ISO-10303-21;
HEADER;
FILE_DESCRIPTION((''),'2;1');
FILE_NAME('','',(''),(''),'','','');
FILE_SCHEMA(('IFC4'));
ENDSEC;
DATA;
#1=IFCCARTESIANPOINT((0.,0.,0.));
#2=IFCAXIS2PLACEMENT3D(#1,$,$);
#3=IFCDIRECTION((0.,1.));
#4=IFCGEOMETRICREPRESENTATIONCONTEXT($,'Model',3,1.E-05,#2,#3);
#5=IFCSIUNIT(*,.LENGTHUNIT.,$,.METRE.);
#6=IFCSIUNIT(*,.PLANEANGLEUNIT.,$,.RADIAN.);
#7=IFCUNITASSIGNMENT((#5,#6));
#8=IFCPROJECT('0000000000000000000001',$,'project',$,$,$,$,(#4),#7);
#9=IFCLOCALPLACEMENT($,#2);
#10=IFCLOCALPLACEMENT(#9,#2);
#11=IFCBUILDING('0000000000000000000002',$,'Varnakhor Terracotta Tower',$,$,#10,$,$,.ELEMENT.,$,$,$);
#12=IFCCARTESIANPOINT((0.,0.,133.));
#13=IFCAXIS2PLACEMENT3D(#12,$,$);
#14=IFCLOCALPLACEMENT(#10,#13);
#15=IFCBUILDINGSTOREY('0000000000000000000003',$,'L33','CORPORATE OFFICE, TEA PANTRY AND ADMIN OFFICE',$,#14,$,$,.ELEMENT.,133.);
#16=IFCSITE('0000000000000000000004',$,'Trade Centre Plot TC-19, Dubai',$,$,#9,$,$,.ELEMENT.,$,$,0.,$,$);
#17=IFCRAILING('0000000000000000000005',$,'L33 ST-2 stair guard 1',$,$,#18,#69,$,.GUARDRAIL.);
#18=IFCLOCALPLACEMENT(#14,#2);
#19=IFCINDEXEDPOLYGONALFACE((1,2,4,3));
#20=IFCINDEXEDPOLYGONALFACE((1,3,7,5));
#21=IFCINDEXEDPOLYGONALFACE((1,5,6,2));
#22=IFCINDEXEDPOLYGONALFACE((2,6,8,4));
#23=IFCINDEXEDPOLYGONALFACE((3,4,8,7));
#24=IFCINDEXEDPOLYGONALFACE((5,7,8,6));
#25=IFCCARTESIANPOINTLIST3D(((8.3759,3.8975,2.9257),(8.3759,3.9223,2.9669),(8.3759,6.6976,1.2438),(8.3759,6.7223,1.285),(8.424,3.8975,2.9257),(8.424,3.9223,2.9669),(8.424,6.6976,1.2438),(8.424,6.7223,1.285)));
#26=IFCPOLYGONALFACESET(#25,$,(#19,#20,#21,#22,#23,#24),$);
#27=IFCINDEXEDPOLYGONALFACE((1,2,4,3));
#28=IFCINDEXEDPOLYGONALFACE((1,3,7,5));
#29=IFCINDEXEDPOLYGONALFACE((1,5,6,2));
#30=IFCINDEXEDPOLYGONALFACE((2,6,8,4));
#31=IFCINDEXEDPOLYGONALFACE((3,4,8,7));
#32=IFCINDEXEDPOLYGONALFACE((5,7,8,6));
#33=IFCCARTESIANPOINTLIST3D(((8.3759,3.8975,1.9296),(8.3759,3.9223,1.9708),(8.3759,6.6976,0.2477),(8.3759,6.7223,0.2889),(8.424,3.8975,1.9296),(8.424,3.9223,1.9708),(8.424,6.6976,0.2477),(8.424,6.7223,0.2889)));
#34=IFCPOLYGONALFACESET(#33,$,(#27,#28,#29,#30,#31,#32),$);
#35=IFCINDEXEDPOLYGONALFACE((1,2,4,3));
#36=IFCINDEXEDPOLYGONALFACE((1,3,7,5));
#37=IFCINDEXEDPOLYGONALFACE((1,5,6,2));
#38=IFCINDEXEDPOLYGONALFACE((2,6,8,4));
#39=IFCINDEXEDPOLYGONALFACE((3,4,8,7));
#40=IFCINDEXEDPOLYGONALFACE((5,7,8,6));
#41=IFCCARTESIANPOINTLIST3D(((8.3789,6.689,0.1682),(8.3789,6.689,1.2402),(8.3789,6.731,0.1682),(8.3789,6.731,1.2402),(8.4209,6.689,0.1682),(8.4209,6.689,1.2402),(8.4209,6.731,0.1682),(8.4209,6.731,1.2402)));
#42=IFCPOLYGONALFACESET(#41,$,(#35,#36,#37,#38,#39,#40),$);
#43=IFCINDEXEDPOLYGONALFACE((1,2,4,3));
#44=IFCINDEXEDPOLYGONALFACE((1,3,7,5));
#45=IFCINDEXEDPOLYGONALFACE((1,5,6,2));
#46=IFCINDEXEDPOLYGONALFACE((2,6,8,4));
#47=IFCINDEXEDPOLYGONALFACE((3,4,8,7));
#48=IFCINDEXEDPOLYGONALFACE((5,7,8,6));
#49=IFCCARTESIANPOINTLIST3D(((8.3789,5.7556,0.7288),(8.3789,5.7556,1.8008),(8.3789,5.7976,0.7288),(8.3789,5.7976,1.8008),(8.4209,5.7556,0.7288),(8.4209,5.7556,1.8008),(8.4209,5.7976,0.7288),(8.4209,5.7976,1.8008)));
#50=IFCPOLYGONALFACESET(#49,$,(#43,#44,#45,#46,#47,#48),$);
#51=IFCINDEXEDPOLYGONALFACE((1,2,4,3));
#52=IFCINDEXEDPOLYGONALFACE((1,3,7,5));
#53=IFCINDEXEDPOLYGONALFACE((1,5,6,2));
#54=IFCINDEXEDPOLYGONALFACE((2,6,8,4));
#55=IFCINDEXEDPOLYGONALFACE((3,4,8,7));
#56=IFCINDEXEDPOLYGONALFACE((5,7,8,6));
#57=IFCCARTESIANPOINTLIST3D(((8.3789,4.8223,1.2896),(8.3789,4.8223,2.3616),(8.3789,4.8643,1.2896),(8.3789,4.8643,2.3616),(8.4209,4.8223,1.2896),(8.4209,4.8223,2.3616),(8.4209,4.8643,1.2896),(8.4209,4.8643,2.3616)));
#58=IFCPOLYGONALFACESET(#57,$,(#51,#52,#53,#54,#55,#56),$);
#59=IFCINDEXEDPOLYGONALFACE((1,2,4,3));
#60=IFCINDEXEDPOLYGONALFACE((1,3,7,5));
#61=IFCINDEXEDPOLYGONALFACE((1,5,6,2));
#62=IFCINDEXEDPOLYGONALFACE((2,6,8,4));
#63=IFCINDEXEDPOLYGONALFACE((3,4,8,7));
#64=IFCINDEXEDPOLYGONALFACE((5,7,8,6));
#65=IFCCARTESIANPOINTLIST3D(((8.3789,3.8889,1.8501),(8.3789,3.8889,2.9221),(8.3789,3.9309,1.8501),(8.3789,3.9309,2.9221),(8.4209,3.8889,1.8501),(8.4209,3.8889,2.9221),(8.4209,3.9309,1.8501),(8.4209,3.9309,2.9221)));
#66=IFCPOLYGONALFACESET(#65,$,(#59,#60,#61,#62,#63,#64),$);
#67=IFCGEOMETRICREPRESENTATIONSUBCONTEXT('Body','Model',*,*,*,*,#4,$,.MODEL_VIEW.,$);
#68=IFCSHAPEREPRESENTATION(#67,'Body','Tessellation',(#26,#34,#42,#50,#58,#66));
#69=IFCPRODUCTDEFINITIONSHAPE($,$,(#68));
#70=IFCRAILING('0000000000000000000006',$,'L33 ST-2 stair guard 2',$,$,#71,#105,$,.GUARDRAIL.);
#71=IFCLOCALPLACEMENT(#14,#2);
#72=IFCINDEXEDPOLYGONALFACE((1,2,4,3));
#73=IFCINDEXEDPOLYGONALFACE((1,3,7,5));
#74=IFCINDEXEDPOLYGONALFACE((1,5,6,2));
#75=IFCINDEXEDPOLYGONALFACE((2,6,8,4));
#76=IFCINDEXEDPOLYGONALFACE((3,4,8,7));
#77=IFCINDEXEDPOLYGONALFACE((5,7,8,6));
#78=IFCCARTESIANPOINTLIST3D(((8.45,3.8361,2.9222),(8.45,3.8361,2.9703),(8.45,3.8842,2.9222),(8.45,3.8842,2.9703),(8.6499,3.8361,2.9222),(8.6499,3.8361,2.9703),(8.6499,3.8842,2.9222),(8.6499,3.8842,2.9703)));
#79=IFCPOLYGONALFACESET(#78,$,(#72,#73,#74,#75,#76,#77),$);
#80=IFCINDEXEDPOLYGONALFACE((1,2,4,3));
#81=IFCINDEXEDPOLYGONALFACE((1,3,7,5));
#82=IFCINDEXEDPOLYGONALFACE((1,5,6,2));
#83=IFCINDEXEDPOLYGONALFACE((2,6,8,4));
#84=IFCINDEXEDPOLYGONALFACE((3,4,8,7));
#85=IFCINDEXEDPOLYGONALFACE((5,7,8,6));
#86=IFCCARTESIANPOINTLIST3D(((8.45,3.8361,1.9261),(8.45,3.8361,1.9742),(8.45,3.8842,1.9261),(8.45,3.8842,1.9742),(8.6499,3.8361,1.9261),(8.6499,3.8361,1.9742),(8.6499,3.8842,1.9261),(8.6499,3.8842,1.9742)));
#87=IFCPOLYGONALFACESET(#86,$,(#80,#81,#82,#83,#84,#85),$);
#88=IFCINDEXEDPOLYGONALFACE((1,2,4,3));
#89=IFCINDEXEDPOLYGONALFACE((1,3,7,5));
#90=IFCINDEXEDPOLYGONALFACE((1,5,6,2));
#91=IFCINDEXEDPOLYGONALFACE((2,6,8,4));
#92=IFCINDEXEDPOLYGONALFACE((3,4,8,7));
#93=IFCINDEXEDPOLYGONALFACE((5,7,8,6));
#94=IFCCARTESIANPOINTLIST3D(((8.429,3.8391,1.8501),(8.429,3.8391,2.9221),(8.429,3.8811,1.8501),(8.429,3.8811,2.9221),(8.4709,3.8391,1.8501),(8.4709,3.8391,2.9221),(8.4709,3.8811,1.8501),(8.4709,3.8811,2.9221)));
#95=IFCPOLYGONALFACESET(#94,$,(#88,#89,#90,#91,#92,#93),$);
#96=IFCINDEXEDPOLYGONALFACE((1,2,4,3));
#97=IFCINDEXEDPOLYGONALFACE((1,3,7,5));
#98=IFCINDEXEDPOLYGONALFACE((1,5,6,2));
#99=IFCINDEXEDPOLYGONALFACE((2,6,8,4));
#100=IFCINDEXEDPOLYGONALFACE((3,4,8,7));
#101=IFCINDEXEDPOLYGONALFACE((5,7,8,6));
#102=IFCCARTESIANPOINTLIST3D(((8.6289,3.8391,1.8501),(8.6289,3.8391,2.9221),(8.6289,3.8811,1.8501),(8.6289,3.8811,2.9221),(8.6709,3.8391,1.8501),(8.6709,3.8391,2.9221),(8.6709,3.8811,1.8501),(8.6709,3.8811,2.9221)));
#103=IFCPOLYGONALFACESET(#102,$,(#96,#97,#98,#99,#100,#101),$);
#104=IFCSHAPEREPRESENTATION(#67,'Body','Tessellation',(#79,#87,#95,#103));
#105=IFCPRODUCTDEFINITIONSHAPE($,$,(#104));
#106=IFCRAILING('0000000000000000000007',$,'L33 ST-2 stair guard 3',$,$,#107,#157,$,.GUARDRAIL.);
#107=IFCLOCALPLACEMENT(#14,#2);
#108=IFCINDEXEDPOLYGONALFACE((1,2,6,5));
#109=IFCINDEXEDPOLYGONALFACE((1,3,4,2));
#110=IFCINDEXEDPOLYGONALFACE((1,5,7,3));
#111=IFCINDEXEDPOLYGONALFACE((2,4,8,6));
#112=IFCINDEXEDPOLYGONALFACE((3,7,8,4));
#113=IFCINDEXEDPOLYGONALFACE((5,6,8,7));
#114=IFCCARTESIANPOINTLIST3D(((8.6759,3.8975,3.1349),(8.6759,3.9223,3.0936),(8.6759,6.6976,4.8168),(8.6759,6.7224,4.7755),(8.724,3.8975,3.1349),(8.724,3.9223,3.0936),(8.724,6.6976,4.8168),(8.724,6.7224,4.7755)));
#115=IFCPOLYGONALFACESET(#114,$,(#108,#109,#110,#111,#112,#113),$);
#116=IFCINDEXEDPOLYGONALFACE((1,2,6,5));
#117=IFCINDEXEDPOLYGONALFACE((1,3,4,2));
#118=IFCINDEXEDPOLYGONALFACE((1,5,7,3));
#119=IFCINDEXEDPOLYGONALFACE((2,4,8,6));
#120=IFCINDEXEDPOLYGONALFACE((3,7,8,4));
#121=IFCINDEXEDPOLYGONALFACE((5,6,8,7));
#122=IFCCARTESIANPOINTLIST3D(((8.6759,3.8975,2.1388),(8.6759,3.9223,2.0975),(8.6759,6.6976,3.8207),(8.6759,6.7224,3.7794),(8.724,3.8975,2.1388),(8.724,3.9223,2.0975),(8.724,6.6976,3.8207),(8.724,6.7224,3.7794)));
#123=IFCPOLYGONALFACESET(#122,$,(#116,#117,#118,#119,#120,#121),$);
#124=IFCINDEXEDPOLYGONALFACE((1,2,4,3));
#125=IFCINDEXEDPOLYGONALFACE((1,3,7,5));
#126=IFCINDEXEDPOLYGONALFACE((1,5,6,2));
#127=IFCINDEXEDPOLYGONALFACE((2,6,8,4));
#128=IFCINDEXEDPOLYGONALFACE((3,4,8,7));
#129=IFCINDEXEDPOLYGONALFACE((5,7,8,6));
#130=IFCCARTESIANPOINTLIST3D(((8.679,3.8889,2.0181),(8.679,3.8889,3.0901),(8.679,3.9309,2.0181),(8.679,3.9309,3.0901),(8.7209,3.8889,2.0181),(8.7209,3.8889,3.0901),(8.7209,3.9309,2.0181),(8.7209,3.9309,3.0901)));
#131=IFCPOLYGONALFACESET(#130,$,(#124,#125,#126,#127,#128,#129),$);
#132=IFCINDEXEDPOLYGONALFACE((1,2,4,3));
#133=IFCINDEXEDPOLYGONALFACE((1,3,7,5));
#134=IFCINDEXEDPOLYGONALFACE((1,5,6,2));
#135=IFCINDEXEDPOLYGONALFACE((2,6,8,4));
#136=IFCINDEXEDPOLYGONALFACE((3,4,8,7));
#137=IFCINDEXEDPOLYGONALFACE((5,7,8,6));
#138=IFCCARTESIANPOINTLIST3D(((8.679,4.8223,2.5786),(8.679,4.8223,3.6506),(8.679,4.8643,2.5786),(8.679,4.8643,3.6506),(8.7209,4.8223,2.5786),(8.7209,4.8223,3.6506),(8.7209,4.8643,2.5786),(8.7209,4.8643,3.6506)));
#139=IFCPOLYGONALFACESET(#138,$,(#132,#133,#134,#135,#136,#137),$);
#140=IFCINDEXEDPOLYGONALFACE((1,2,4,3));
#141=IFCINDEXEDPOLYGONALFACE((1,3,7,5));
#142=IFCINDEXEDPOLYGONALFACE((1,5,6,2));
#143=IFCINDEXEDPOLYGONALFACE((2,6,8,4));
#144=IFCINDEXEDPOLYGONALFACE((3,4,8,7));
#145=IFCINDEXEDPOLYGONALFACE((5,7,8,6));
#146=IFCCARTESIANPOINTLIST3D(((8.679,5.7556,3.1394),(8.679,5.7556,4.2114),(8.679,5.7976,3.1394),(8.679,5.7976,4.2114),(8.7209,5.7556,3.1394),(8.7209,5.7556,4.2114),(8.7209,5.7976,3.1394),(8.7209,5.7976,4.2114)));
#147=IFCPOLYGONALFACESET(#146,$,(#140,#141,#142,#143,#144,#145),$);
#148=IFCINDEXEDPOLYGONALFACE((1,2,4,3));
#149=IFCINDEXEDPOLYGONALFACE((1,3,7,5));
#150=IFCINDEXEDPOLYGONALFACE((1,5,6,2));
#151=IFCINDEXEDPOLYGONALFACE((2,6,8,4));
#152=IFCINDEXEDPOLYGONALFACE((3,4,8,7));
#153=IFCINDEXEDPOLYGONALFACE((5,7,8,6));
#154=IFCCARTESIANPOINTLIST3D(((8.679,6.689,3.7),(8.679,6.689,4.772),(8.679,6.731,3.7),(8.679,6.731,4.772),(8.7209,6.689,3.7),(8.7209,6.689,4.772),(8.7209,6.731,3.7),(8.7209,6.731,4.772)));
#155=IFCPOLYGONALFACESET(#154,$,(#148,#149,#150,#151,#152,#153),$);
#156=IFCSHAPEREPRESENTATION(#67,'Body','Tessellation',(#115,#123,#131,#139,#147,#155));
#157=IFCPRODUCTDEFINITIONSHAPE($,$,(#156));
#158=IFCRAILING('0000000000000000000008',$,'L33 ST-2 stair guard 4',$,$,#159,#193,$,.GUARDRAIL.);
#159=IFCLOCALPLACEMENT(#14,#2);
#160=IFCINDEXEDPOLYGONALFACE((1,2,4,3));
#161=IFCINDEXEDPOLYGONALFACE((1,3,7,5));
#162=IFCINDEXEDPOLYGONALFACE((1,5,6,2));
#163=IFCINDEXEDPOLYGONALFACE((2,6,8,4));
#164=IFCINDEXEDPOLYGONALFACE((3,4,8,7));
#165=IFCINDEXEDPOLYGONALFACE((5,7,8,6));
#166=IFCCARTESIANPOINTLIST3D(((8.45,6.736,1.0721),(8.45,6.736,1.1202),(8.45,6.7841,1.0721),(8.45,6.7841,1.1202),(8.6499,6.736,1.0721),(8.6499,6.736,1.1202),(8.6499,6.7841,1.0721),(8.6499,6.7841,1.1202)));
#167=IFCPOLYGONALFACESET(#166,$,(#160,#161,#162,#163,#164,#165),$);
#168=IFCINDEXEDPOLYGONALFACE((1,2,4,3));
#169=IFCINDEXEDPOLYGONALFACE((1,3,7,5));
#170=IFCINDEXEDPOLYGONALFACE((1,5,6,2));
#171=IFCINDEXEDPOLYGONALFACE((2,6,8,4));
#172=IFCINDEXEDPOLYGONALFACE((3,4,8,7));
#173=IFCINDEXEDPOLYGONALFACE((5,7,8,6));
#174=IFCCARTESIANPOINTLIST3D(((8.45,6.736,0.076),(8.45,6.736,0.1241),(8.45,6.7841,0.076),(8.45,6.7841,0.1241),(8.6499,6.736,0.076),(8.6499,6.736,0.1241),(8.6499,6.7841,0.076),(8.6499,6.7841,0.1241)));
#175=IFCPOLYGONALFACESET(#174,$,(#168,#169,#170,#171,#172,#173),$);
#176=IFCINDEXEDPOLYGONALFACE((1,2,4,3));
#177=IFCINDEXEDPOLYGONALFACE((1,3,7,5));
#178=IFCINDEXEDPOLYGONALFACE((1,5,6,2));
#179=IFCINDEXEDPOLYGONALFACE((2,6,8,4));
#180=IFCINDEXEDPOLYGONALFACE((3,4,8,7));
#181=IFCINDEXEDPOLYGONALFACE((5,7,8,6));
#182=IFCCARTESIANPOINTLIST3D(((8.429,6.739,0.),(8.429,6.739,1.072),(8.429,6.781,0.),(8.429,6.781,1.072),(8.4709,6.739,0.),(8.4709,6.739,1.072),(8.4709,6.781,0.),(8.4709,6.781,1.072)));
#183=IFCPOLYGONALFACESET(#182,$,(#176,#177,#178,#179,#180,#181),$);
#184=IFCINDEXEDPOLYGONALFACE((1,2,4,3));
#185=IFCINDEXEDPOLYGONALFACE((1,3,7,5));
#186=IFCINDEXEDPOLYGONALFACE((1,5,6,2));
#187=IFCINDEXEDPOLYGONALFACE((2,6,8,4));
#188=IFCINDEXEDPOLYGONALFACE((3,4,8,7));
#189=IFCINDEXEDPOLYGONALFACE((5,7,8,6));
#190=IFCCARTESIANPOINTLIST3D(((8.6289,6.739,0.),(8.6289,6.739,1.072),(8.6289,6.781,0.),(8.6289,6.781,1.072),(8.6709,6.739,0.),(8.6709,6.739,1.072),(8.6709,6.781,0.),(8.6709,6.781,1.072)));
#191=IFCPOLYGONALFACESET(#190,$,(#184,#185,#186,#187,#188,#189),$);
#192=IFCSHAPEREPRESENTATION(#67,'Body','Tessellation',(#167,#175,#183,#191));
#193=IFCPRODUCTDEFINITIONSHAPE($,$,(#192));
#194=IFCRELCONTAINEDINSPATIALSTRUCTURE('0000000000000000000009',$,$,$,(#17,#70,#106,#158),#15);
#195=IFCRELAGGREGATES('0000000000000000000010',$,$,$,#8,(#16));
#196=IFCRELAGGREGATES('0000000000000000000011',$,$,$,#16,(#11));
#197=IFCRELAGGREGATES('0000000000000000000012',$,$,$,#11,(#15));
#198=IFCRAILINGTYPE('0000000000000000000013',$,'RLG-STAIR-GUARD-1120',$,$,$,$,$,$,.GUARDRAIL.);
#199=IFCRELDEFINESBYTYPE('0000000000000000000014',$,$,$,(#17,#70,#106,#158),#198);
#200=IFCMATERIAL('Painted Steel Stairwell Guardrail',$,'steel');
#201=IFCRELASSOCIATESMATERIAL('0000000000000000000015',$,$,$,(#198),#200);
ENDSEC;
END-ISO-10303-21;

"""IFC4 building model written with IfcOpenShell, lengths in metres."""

from ifc_helpers import new_model, si_unit, direction, frame, origin, origin_2d, place, context, subcontext, project, spatial, rectangle, extrude, material, type_object, element, save


model = new_model("IFC4")

# Units and contexts
model_context = context("Model", 3, precision=1e-05, world=origin(), true_north=direction((0.0, 1.0)))
body_context = subcontext(model_context, "Body", "Model", "MODEL_VIEW")
ifc_project = project(units=[si_unit("LENGTHUNIT", "METRE"), si_unit("PLANEANGLEUNIT", "RADIAN")], contexts=[model_context])

# Site, building, storey
site_placement = place(None, origin())
site = spatial("IfcSite", under=ifc_project, at=site_placement, Name="Trade Centre Plot TC-19, Dubai", CompositionType="ELEMENT", RefElevation=0.0)
building_placement = place(site_placement, origin())
building = spatial("IfcBuilding", under=site, at=building_placement, Name="Varnakhor Terracotta Tower", CompositionType="ELEMENT")
storey_placement = place(building_placement, frame((0.0, 0.0, 133.0)))
storey = spatial("IfcBuildingStorey", under=building, at=storey_placement, Name="L33", Description="CORPORATE OFFICE, TEA PANTRY AND ADMIN OFFICE", CompositionType="ELEMENT", Elevation=133.0)

# Railings
ifc_material_1 = material(Name="Painted Steel Stairwell Guardrail", Category="steel")
railing_type_1 = type_object("IfcRailingType", Name="RLG-STAIR-GUARD-1120", PredefinedType="GUARDRAIL", material=ifc_material_1)
railing_1_placement = place(storey_placement, frame((8.3999, 6.71, 0.1682)))
element("IfcRailing", 1, at=railing_1_placement, inside=storey, type_object=railing_type_1, Name="L33 ST-2 stair guard 1", PredefinedType="GUARDRAIL", context=body_context, shape_type="SweptSolid", body=[
    extrude(rectangle(XDim=0.0481, YDim=0.0481, at=origin_2d()), frame((0.0, 0.0, 1.0962), z_axis=(0.0, -0.857242, 0.514913), x_axis=(1.0, 0.0, 0.0)), (0.0, 0.0, 1.0), 3.2664),
    extrude(rectangle(XDim=0.0481, YDim=0.0481, at=origin_2d()), frame((0.0, 0.0, 0.1001), z_axis=(0.0, -0.857242, 0.514913), x_axis=(1.0, 0.0, 0.0)), (0.0, 0.0, 1.0), 3.2664),
    extrude(rectangle(XDim=0.042, YDim=0.042, at=origin_2d()), origin(), (0.0, 0.0, 1.0), 1.072),
    extrude(rectangle(XDim=0.042, YDim=0.042, at=origin_2d()), frame((0.0, -0.9333, 0.5605)), (0.0, 0.0, 1.0), 1.072),
    extrude(rectangle(XDim=0.042, YDim=0.042, at=origin_2d()), frame((0.0, -1.8667, 1.1213)), (0.0, 0.0, 1.0), 1.072),
    extrude(rectangle(XDim=0.042, YDim=0.042, at=origin_2d()), frame((0.0, -2.8, 1.6819)), (0.0, 0.0, 1.0), 1.072),
])
railing_2_placement = place(storey_placement, frame((8.45, 3.8601, 1.8501)))
element("IfcRailing", 2, at=railing_2_placement, inside=storey, type_object=railing_type_1, Name="L33 ST-2 stair guard 2", PredefinedType="GUARDRAIL", context=body_context, shape_type="SweptSolid", body=[
    extrude(rectangle(XDim=0.0481, YDim=0.0481, at=origin_2d()), frame((0.0, 0.0, 1.0962), z_axis=(1.0, 0.0, 0.0), x_axis=(0.0, 1.0, 0.0)), (0.0, 0.0, 1.0), 0.2),
    extrude(rectangle(XDim=0.0481, YDim=0.0481, at=origin_2d()), frame((0.0, 0.0, 0.1001), z_axis=(1.0, 0.0, 0.0), x_axis=(0.0, 1.0, 0.0)), (0.0, 0.0, 1.0), 0.2),
    extrude(rectangle(XDim=0.042, YDim=0.042, at=origin_2d()), origin(), (0.0, 0.0, 1.0), 1.072),
    extrude(rectangle(XDim=0.042, YDim=0.042, at=origin_2d()), frame((0.2, 0.0, 0.0)), (0.0, 0.0, 1.0), 1.072),
])
railing_3_placement = place(storey_placement, frame((8.7, 3.9099, 2.0181)))
element("IfcRailing", 3, at=railing_3_placement, inside=storey, type_object=railing_type_1, Name="L33 ST-2 stair guard 3", PredefinedType="GUARDRAIL", context=body_context, shape_type="SweptSolid", body=[
    extrude(rectangle(XDim=0.0481, YDim=0.0481, at=origin_2d()), frame((0.0, 0.0, 1.0962), z_axis=(0.0, 0.857242, 0.514913), x_axis=(-1.0, 0.0, 0.0)), (0.0, 0.0, 1.0), 3.2664),
    extrude(rectangle(XDim=0.0481, YDim=0.0481, at=origin_2d()), frame((0.0, 0.0, 0.1001), z_axis=(0.0, 0.857242, 0.514913), x_axis=(-1.0, 0.0, 0.0)), (0.0, 0.0, 1.0), 3.2664),
    extrude(rectangle(XDim=0.042, YDim=0.042, at=origin_2d()), origin(), (0.0, 0.0, 1.0), 1.072),
    extrude(rectangle(XDim=0.042, YDim=0.042, at=origin_2d()), frame((0.0, 0.9333, 0.5605)), (0.0, 0.0, 1.0), 1.072),
    extrude(rectangle(XDim=0.042, YDim=0.042, at=origin_2d()), frame((0.0, 1.8667, 1.1213)), (0.0, 0.0, 1.0), 1.072),
    extrude(rectangle(XDim=0.042, YDim=0.042, at=origin_2d()), frame((0.0, 2.8, 1.6819)), (0.0, 0.0, 1.0), 1.072),
])
railing_4_placement = place(storey_placement, frame((8.45, 6.76, 0.0)))
element("IfcRailing", 4, at=railing_4_placement, inside=storey, type_object=railing_type_1, Name="L33 ST-2 stair guard 4", PredefinedType="GUARDRAIL", context=body_context, shape_type="SweptSolid", body=[
    extrude(rectangle(XDim=0.0481, YDim=0.0481, at=origin_2d()), frame((0.0, 0.0, 1.0962), z_axis=(1.0, 0.0, 0.0), x_axis=(0.0, 1.0, 0.0)), (0.0, 0.0, 1.0), 0.2),
    extrude(rectangle(XDim=0.0481, YDim=0.0481, at=origin_2d()), frame((0.0, 0.0, 0.1001), z_axis=(1.0, 0.0, 0.0), x_axis=(0.0, 1.0, 0.0)), (0.0, 0.0, 1.0), 0.2),
    extrude(rectangle(XDim=0.042, YDim=0.042, at=origin_2d()), origin(), (0.0, 0.0, 1.0), 1.072),
    extrude(rectangle(XDim=0.042, YDim=0.042, at=origin_2d()), frame((0.2, 0.0, 0.0)), (0.0, 0.0, 1.0), 1.072),
])

save(model, "model.ifc")
